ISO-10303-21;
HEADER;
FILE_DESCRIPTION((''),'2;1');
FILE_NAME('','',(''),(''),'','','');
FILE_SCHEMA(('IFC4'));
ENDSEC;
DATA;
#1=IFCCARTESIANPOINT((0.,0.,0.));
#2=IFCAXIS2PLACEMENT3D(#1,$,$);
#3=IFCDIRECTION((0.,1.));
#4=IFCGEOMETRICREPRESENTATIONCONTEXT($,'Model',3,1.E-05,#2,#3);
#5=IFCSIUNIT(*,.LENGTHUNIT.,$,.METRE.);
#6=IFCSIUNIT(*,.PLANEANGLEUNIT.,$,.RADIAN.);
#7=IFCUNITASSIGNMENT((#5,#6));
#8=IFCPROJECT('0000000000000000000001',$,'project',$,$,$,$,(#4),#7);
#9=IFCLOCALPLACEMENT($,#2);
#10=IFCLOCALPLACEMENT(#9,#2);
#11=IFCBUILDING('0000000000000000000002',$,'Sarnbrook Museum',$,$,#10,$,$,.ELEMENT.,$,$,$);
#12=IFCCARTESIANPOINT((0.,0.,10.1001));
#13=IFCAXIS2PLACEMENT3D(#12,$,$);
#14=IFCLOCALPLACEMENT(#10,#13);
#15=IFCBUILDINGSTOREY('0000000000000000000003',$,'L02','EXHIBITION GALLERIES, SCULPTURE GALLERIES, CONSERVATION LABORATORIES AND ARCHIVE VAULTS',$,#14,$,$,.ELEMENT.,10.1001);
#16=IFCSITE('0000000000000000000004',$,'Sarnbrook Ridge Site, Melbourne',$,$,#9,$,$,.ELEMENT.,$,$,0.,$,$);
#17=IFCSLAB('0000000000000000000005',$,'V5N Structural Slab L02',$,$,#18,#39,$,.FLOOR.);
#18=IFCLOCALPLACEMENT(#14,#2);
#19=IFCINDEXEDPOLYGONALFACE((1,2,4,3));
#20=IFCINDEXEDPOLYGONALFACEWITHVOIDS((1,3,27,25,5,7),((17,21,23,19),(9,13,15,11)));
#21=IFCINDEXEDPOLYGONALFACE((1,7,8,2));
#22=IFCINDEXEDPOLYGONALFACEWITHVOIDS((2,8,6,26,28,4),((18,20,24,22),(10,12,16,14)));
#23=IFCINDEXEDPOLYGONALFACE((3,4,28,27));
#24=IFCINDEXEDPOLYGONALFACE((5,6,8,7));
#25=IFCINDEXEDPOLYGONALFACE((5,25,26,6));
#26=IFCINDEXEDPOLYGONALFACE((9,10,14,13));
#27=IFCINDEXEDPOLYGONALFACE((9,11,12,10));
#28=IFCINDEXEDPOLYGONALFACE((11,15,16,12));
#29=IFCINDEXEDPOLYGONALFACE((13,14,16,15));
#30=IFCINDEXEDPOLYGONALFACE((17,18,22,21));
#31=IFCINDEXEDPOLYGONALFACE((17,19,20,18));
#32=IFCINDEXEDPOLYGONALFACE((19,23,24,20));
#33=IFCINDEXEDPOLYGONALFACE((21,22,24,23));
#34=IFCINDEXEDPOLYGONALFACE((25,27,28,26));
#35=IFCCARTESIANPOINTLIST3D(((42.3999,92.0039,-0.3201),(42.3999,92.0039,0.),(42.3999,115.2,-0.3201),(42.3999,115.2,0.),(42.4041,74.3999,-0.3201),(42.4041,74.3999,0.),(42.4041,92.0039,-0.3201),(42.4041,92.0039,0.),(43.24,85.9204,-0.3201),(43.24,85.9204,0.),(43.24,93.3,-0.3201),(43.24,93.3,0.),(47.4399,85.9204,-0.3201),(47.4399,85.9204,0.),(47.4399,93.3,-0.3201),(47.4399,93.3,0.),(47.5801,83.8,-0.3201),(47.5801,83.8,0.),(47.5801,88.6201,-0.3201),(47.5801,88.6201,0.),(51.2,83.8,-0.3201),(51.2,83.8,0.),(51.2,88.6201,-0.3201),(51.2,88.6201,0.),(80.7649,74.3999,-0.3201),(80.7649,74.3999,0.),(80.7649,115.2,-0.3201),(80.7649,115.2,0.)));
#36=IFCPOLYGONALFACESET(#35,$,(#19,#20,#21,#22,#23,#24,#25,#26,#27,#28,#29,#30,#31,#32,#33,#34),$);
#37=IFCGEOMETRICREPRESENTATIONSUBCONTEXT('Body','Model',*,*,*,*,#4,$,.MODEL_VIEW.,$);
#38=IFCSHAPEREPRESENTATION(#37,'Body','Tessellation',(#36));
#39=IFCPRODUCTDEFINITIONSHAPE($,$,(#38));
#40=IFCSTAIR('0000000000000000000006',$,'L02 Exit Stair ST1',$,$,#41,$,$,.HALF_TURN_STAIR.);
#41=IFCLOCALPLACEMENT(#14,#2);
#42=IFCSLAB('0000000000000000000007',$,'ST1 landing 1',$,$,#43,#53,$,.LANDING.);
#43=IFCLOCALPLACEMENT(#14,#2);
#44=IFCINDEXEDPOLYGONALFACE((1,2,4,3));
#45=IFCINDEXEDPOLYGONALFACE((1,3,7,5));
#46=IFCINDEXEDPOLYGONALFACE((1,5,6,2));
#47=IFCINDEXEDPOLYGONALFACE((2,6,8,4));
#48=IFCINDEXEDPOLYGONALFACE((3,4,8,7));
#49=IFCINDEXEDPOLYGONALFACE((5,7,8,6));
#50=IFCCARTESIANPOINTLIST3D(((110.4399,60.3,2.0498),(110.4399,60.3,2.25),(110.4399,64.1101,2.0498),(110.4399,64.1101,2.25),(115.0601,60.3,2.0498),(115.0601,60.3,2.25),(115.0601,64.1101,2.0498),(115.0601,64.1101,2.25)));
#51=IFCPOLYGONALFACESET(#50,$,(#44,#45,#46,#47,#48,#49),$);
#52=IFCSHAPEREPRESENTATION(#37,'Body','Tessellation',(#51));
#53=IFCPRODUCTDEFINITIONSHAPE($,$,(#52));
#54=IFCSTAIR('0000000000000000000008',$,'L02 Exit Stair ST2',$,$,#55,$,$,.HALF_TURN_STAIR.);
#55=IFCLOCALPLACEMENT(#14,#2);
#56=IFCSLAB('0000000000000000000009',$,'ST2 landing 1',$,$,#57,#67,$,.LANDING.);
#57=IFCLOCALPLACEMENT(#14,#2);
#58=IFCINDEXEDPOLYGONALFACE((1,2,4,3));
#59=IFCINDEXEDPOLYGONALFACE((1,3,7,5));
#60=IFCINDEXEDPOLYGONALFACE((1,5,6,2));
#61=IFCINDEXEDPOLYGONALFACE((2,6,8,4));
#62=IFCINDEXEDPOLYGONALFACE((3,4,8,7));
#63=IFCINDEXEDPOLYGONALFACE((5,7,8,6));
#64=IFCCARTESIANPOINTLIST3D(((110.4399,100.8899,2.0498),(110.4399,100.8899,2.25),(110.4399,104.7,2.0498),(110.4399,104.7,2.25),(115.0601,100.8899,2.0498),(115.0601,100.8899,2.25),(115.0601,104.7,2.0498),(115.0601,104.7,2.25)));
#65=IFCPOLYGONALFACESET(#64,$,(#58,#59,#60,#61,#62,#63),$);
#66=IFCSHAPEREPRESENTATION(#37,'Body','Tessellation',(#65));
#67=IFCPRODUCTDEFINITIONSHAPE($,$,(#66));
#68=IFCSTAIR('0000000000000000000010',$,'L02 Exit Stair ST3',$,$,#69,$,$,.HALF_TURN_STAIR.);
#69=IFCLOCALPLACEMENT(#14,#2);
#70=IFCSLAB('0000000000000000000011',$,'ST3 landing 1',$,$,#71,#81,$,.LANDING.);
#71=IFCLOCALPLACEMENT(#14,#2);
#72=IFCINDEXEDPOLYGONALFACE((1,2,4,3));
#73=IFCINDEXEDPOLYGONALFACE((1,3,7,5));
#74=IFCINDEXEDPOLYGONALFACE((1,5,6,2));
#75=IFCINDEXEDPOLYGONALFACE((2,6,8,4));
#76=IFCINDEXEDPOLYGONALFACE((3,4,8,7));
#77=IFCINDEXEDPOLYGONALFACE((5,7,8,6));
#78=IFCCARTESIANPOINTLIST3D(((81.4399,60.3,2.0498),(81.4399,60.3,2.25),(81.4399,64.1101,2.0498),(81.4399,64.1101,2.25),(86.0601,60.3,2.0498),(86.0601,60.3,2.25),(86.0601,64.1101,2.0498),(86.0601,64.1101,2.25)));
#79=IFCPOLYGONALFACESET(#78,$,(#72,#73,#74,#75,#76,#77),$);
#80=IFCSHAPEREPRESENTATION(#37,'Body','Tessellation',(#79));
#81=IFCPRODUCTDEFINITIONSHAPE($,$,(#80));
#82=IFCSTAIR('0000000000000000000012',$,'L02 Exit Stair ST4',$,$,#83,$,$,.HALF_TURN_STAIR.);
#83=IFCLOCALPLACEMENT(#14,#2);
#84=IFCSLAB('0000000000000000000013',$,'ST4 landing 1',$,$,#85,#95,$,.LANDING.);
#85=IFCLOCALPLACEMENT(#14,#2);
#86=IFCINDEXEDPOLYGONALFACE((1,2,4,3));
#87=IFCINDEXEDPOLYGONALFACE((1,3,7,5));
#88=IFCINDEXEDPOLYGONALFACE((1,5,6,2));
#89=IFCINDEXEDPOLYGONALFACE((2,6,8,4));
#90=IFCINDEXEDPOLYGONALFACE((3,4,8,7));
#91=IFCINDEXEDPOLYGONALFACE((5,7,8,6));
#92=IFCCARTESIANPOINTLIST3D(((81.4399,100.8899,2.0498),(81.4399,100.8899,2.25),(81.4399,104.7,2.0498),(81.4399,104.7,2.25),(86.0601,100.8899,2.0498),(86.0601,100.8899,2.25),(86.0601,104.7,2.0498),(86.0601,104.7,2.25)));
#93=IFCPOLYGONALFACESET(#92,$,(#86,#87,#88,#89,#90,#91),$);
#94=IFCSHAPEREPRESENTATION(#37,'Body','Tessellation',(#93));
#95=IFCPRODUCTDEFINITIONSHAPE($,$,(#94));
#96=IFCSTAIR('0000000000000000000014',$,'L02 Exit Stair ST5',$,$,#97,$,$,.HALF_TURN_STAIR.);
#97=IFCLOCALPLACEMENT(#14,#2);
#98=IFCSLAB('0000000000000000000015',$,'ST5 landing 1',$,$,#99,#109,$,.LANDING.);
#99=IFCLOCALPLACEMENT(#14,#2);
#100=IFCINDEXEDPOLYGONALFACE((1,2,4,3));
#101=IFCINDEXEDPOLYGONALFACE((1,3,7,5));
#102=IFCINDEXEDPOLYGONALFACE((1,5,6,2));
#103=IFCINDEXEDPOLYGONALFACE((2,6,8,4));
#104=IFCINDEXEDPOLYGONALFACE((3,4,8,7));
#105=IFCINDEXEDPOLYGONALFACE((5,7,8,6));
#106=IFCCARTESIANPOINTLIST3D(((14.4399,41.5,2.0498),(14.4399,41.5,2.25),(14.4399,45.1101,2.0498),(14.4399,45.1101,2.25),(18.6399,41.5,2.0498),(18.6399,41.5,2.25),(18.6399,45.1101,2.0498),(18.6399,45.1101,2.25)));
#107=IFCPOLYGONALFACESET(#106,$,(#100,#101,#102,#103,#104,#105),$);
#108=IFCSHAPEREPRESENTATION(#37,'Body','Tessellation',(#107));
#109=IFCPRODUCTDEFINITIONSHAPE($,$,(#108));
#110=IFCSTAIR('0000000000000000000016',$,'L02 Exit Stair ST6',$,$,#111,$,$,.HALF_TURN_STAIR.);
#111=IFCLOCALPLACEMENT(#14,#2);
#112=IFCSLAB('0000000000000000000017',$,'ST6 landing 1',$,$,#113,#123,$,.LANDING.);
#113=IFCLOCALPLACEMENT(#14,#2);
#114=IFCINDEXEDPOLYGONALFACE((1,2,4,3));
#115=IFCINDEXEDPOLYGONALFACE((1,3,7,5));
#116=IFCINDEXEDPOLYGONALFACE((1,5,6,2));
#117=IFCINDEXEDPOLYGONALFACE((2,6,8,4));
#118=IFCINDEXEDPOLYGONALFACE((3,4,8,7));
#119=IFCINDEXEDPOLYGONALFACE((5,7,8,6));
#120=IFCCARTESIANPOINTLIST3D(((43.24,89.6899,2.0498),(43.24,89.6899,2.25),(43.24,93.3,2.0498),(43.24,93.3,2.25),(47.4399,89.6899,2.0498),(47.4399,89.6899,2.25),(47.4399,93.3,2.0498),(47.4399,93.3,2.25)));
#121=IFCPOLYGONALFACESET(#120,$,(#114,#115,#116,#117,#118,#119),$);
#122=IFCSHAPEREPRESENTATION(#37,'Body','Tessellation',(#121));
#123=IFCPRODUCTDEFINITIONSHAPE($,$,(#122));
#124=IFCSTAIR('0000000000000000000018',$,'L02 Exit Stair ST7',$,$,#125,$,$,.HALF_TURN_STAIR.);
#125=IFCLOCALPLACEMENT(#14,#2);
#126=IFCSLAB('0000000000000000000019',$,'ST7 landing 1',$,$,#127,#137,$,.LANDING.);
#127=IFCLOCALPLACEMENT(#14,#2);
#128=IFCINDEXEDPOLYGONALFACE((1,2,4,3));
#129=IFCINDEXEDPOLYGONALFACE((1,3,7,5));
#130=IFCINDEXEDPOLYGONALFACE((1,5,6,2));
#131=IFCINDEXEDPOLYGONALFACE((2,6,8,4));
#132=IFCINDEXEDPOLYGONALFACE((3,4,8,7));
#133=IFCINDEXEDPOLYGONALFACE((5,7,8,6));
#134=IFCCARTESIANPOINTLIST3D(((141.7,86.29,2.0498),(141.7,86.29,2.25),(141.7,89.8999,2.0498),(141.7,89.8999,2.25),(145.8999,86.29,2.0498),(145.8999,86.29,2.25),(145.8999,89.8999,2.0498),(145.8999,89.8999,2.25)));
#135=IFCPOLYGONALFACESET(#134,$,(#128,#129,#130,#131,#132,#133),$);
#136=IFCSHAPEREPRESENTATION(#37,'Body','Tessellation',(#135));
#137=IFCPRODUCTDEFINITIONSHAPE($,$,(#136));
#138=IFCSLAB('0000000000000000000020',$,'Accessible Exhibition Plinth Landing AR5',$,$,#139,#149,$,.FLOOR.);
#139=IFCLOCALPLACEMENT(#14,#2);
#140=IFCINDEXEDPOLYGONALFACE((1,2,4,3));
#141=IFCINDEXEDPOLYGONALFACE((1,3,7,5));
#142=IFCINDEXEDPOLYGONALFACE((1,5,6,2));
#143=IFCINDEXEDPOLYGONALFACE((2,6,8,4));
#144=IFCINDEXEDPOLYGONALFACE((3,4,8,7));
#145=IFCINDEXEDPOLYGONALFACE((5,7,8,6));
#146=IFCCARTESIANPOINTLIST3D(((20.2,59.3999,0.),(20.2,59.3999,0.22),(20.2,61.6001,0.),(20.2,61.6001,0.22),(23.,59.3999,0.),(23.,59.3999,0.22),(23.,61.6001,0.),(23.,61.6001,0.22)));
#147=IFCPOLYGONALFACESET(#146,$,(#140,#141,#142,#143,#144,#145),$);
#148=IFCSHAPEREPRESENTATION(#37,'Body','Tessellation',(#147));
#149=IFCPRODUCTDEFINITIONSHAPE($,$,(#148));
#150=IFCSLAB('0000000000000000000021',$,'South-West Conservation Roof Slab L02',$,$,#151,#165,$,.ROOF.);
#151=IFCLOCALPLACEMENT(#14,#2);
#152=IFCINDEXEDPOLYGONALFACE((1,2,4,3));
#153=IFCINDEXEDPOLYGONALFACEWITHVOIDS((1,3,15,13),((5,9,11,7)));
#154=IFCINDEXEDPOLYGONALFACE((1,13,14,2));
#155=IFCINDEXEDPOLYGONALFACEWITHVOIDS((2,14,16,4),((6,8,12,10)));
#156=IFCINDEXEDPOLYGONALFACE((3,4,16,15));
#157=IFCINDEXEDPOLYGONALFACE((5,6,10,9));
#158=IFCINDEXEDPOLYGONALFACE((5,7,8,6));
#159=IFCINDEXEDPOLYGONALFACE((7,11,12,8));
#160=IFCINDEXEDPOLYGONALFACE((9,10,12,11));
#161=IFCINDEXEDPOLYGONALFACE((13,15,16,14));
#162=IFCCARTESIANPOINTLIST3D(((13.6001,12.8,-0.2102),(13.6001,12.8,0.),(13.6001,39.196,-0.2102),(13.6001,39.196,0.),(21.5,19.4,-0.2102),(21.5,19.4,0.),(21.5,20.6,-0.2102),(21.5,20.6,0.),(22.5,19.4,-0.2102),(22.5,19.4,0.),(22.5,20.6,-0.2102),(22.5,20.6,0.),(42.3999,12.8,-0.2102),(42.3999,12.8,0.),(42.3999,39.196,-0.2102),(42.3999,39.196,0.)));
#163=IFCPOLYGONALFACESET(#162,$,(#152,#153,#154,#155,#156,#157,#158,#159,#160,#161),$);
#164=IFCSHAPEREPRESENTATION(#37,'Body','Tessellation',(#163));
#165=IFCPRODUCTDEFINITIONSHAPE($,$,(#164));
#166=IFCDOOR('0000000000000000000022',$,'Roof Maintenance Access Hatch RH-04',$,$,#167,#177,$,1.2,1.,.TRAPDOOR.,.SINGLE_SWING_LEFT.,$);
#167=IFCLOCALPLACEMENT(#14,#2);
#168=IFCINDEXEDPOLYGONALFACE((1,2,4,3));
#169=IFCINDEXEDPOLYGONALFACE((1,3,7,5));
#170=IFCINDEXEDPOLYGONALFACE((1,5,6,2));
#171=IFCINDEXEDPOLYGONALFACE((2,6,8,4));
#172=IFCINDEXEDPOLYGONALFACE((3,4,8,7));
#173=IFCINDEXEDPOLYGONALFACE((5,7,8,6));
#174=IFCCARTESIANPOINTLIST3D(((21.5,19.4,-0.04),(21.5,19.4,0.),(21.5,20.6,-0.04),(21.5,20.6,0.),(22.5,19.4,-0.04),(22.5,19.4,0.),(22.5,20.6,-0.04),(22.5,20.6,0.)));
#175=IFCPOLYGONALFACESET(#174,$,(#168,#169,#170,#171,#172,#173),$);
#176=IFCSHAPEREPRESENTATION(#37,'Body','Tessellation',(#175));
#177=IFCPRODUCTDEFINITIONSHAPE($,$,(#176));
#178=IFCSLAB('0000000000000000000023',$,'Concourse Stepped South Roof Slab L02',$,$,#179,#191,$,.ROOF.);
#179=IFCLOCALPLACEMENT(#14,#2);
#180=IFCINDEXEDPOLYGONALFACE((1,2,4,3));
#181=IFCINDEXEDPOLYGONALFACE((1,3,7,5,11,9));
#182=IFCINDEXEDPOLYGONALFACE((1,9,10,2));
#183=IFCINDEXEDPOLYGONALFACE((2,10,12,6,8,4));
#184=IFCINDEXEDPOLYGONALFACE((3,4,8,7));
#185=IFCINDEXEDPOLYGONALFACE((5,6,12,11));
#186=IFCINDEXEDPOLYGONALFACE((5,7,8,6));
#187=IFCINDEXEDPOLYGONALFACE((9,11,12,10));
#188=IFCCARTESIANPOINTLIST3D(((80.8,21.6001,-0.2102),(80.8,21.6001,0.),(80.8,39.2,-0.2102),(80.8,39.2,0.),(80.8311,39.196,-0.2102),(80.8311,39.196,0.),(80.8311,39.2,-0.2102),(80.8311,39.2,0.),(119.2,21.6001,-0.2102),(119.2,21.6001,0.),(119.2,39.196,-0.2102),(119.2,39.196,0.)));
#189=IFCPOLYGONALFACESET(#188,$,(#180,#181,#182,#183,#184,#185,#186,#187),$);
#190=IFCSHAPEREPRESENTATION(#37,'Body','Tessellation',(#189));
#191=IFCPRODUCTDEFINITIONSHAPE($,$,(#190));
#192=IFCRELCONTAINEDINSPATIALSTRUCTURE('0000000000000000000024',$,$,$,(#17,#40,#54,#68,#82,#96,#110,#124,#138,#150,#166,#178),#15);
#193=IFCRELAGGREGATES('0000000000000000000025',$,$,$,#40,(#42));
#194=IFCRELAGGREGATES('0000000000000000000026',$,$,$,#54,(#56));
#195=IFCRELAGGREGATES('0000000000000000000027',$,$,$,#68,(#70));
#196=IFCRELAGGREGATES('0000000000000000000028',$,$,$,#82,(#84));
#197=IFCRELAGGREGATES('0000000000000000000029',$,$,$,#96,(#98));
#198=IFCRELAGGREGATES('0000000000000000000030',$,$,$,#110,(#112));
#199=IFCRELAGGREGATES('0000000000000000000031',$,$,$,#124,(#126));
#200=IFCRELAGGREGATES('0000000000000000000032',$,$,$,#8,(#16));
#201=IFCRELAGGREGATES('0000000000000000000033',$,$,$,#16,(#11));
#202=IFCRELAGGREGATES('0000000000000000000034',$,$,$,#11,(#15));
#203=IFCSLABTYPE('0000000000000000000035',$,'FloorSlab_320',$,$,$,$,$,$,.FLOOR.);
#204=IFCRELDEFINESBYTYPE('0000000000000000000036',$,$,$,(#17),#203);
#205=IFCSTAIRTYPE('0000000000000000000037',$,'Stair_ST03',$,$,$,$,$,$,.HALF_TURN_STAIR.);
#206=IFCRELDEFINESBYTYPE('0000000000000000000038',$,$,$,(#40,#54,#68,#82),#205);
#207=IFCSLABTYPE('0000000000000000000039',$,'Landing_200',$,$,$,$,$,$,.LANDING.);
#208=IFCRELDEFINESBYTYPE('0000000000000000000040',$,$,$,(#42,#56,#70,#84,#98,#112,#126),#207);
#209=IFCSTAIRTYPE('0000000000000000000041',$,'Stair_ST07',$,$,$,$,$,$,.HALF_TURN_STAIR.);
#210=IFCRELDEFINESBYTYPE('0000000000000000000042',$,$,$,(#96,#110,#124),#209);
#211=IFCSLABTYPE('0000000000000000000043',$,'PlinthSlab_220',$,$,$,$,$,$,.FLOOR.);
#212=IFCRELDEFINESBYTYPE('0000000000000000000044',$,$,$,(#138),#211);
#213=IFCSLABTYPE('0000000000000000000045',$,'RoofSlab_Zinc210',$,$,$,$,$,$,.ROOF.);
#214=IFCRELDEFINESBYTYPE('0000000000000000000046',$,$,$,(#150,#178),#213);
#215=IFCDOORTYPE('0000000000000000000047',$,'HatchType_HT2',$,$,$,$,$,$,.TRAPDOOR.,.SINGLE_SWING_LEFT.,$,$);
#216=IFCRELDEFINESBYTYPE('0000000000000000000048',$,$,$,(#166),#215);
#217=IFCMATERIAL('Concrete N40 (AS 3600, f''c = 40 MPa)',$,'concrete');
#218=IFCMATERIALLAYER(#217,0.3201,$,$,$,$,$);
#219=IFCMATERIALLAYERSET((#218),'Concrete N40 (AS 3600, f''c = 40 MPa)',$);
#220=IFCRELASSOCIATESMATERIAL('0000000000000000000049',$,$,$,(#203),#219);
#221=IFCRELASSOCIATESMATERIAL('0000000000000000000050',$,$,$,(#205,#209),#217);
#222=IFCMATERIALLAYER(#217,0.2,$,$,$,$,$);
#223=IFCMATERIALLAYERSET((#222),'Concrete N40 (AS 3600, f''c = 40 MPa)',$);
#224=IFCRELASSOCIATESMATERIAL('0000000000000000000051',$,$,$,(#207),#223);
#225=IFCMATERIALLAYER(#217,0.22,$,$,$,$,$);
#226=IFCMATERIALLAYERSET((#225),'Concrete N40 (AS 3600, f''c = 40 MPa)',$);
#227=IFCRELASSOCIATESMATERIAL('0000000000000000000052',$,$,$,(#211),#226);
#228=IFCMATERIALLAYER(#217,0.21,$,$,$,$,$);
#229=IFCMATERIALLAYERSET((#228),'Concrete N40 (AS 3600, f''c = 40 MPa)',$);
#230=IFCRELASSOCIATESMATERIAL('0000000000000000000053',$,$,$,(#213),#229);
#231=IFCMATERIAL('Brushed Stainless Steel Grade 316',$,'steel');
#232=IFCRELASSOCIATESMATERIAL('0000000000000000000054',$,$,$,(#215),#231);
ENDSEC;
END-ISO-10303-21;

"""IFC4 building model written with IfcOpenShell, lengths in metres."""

from ifc_helpers import new_model, si_unit, direction, frame, origin, origin_2d, place, context, subcontext, project, spatial, polyline, rectangle, outline, extrude, material, layer, layer_set, type_object, element, fill, aggregate, save


model = new_model("IFC4")

# Units and contexts
model_context = context("Model", 3, precision=1e-05, world=origin(), true_north=direction((0.0, 1.0)))
body_context = subcontext(model_context, "Body", "Model", "MODEL_VIEW")
ifc_project = project(units=[si_unit("LENGTHUNIT", "METRE"), si_unit("PLANEANGLEUNIT", "RADIAN")], contexts=[model_context])

# Site, building, storey
site_placement = place(None, origin())
site = spatial("IfcSite", under=ifc_project, at=site_placement, Name="Sarnbrook Ridge Site, Melbourne", CompositionType="ELEMENT", RefElevation=0.0)
building_placement = place(site_placement, origin())
building = spatial("IfcBuilding", under=site, at=building_placement, Name="Sarnbrook Museum", CompositionType="ELEMENT")
storey_placement = place(building_placement, frame((0.0, 0.0, 10.1001)))
storey = spatial("IfcBuildingStorey", under=building, at=storey_placement, Name="L02", Description="EXHIBITION GALLERIES, SCULPTURE GALLERIES, CONSERVATION LABORATORIES AND ARCHIVE VAULTS", CompositionType="ELEMENT", Elevation=10.1001)

# Slab
ifc_material_1 = material(Name="Concrete N40 (AS 3600, f'c = 40 MPa)", Category="concrete")
ifc_layer_1 = layer(ifc_material_1, 0.3201)
ifc_layer_set_1 = layer_set([ifc_layer_1], Name="Concrete N40 (AS 3600, f'c = 40 MPa)")
slab_type_1 = type_object("IfcSlabType", Name="FloorSlab_320", PredefinedType="FLOOR", material=ifc_layer_set_1)
slab_1_placement = place(storey_placement, frame((0.0, 0.0, -0.3201)))
element("IfcSlab", 1, at=slab_1_placement, inside=storey, type_object=slab_type_1, Name="V5N Structural Slab L02", PredefinedType="FLOOR", context=body_context, shape_type="SweptSolid", body=[
    extrude(outline(polyline([(80.7649, 115.2), (80.7649, 74.3999), (42.4041, 74.3999), (42.4041, 92.0039), (42.3999, 92.0039), (42.3999, 115.2), (80.7649, 115.2)]), holes=[polyline([(51.2, 83.8), (47.5801, 83.8), (47.5801, 88.6201), (51.2, 88.6201), (51.2, 83.8)]), polyline([(47.4399, 85.9204), (43.24, 85.9204), (43.24, 93.3), (47.4399, 93.3), (47.4399, 85.9204)])]), origin(), (0.0, 0.0, 1.0), 0.3201),
])

# Stairs, slabs
stair_type_1 = type_object("IfcStairType", Name="Stair_ST03", PredefinedType="HALF_TURN_STAIR", material=ifc_material_1)
stair_1_placement = place(storey_placement, origin())
stair_1 = element("IfcStair", 2, at=stair_1_placement, inside=storey, type_object=stair_type_1, Name="L02 Exit Stair ST1", PredefinedType="HALF_TURN_STAIR")
ifc_layer_2 = layer(ifc_material_1, 0.2)
ifc_layer_set_2 = layer_set([ifc_layer_2], Name="Concrete N40 (AS 3600, f'c = 40 MPa)")
slab_type_2 = type_object("IfcSlabType", Name="Landing_200", PredefinedType="LANDING", material=ifc_layer_set_2)
slab_2_placement = place(storey_placement, frame((0.0, 0.0, 2.0498)))
slab_2 = element("IfcSlab", 3, at=slab_2_placement, type_object=slab_type_2, Name="ST1 landing 1", PredefinedType="LANDING", context=body_context, shape_type="SweptSolid", body=[
    extrude(outline(polyline([(110.4399, 64.1101), (110.4399, 60.3), (115.0601, 60.3), (115.0601, 64.1101), (110.4399, 64.1101)])), origin(), (0.0, 0.0, 1.0), 0.2002),
])
aggregate(stair_1, [slab_2])
stair_2_placement = place(storey_placement, origin())
stair_2 = element("IfcStair", 4, at=stair_2_placement, inside=storey, type_object=stair_type_1, Name="L02 Exit Stair ST2", PredefinedType="HALF_TURN_STAIR")
slab_3_placement = place(storey_placement, frame((0.0, 0.0, 2.0498)))
slab_3 = element("IfcSlab", 5, at=slab_3_placement, type_object=slab_type_2, Name="ST2 landing 1", PredefinedType="LANDING", context=body_context, shape_type="SweptSolid", body=[
    extrude(outline(polyline([(115.0601, 100.8899), (115.0601, 104.7), (110.4399, 104.7), (110.4399, 100.8899), (115.0601, 100.8899)])), origin(), (0.0, 0.0, 1.0), 0.2002),
])
aggregate(stair_2, [slab_3])
stair_3_placement = place(storey_placement, origin())
stair_3 = element("IfcStair", 6, at=stair_3_placement, inside=storey, type_object=stair_type_1, Name="L02 Exit Stair ST3", PredefinedType="HALF_TURN_STAIR")
slab_4_placement = place(storey_placement, frame((0.0, 0.0, 2.0498)))
slab_4 = element("IfcSlab", 7, at=slab_4_placement, type_object=slab_type_2, Name="ST3 landing 1", PredefinedType="LANDING", context=body_context, shape_type="SweptSolid", body=[
    extrude(outline(polyline([(81.4399, 64.1101), (81.4399, 60.3), (86.0601, 60.3), (86.0601, 64.1101), (81.4399, 64.1101)])), origin(), (0.0, 0.0, 1.0), 0.2002),
])
aggregate(stair_3, [slab_4])
stair_4_placement = place(storey_placement, origin())
stair_4 = element("IfcStair", 8, at=stair_4_placement, inside=storey, type_object=stair_type_1, Name="L02 Exit Stair ST4", PredefinedType="HALF_TURN_STAIR")
slab_5_placement = place(storey_placement, frame((0.0, 0.0, 2.0498)))
slab_5 = element("IfcSlab", 9, at=slab_5_placement, type_object=slab_type_2, Name="ST4 landing 1", PredefinedType="LANDING", context=body_context, shape_type="SweptSolid", body=[
    extrude(outline(polyline([(86.0601, 100.8899), (86.0601, 104.7), (81.4399, 104.7), (81.4399, 100.8899), (86.0601, 100.8899)])), origin(), (0.0, 0.0, 1.0), 0.2002),
])
aggregate(stair_4, [slab_5])
stair_type_2 = type_object("IfcStairType", Name="Stair_ST07", PredefinedType="HALF_TURN_STAIR", material=ifc_material_1)
stair_5_placement = place(storey_placement, origin())
stair_5 = element("IfcStair", 10, at=stair_5_placement, inside=storey, type_object=stair_type_2, Name="L02 Exit Stair ST5", PredefinedType="HALF_TURN_STAIR")
slab_6_placement = place(storey_placement, frame((0.0, 0.0, 2.0498)))
slab_6 = element("IfcSlab", 11, at=slab_6_placement, type_object=slab_type_2, Name="ST5 landing 1", PredefinedType="LANDING", context=body_context, shape_type="SweptSolid", body=[
    extrude(outline(polyline([(14.4399, 45.1101), (14.4399, 41.5), (18.6399, 41.5), (18.6399, 45.1101), (14.4399, 45.1101)])), origin(), (0.0, 0.0, 1.0), 0.2002),
])
aggregate(stair_5, [slab_6])
stair_6_placement = place(storey_placement, origin())
stair_6 = element("IfcStair", 12, at=stair_6_placement, inside=storey, type_object=stair_type_2, Name="L02 Exit Stair ST6", PredefinedType="HALF_TURN_STAIR")
slab_7_placement = place(storey_placement, frame((0.0, 0.0, 2.0498)))
slab_7 = element("IfcSlab", 13, at=slab_7_placement, type_object=slab_type_2, Name="ST6 landing 1", PredefinedType="LANDING", context=body_context, shape_type="SweptSolid", body=[
    extrude(outline(polyline([(47.4399, 89.6899), (47.4399, 93.3), (43.24, 93.3), (43.24, 89.6899), (47.4399, 89.6899)])), origin(), (0.0, 0.0, 1.0), 0.2002),
])
aggregate(stair_6, [slab_7])
stair_7_placement = place(storey_placement, origin())
stair_7 = element("IfcStair", 14, at=stair_7_placement, inside=storey, type_object=stair_type_2, Name="L02 Exit Stair ST7", PredefinedType="HALF_TURN_STAIR")
slab_8_placement = place(storey_placement, frame((0.0, 0.0, 2.0498)))
slab_8 = element("IfcSlab", 15, at=slab_8_placement, type_object=slab_type_2, Name="ST7 landing 1", PredefinedType="LANDING", context=body_context, shape_type="SweptSolid", body=[
    extrude(outline(polyline([(145.8999, 86.29), (145.8999, 89.8999), (141.7, 89.8999), (141.7, 86.29), (145.8999, 86.29)])), origin(), (0.0, 0.0, 1.0), 0.2002),
])
aggregate(stair_7, [slab_8])

# Slab
ifc_layer_3 = layer(ifc_material_1, 0.22)
ifc_layer_set_3 = layer_set([ifc_layer_3], Name="Concrete N40 (AS 3600, f'c = 40 MPa)")
slab_type_3 = type_object("IfcSlabType", Name="PlinthSlab_220", PredefinedType="FLOOR", material=ifc_layer_set_3)
slab_9_placement = place(storey_placement, origin())
element("IfcSlab", 16, at=slab_9_placement, inside=storey, type_object=slab_type_3, Name="Accessible Exhibition Plinth Landing AR5", PredefinedType="FLOOR", context=body_context, shape_type="SweptSolid", body=[
    extrude(outline(polyline([(20.2, 59.3999), (23.0, 59.3999), (23.0, 61.6001), (20.2, 61.6001), (20.2, 59.3999)])), origin(), (0.0, 0.0, 1.0), 0.22),
])

# Slab, opening, door
ifc_layer_4 = layer(ifc_material_1, 0.21)
ifc_layer_set_4 = layer_set([ifc_layer_4], Name="Concrete N40 (AS 3600, f'c = 40 MPa)")
slab_type_4 = type_object("IfcSlabType", Name="RoofSlab_Zinc210", PredefinedType="ROOF", material=ifc_layer_set_4)
slab_10_placement = place(storey_placement, frame((0.0, 0.0, -0.2102)))
slab_10 = element("IfcSlab", 17, at=slab_10_placement, inside=storey, type_object=slab_type_4, Name="South-West Conservation Roof Slab L02", PredefinedType="ROOF", context=body_context, shape_type="SweptSolid", body=[
    extrude(outline(polyline([(42.3999, 12.8), (13.6001, 12.8), (13.6001, 39.196), (42.3999, 39.196), (42.3999, 12.8)])), origin(), (0.0, 0.0, 1.0), 0.2102),
])
opening_1_placement = place(slab_10_placement, frame((22.0, 20.0, -0.01)))
opening_1 = element("IfcOpeningElement", 18, at=opening_1_placement, cuts=slab_10, PredefinedType="OPENING", context=body_context, shape_type="SweptSolid", body=[
    extrude(rectangle(XDim=1.0, YDim=1.2, at=origin_2d()), origin(), (0.0, 0.0, 1.0), 0.2302),
])
ifc_material_2 = material(Name="Brushed Stainless Steel Grade 316", Category="steel")
door_type = type_object("IfcDoorType", Name="HatchType_HT2", OperationType="SINGLE_SWING_LEFT", PredefinedType="TRAPDOOR", material=ifc_material_2)
door_placement = place(opening_1_placement, frame((0.0, 0.0, 0.1802)))
door = element("IfcDoor", 19, at=door_placement, inside=storey, type_object=door_type, Name="Roof Maintenance Access Hatch RH-04", OperationType="SINGLE_SWING_LEFT", OverallHeight=1.2, OverallWidth=1.0, PredefinedType="TRAPDOOR", context=body_context, shape_type="SweptSolid", body=[
    extrude(rectangle(XDim=1.0, YDim=1.2, at=origin_2d()), origin(), (0.0, 0.0, 1.0), 0.04),
])
fill(opening_1, door)

# Slab
slab_11_placement = place(storey_placement, frame((0.0, 0.0, -0.2102)))
element("IfcSlab", 20, at=slab_11_placement, inside=storey, type_object=slab_type_4, Name="Concourse Stepped South Roof Slab L02", PredefinedType="ROOF", context=body_context, shape_type="SweptSolid", body=[
    extrude(outline(polyline([(119.2, 21.6001), (80.8, 21.6001), (80.8, 39.2), (80.8311, 39.2), (80.8311, 39.196), (119.2, 39.196), (119.2, 39.196), (119.2, 21.6001)])), origin(), (0.0, 0.0, 1.0), 0.2102),
])

save(model, "model.ifc")
